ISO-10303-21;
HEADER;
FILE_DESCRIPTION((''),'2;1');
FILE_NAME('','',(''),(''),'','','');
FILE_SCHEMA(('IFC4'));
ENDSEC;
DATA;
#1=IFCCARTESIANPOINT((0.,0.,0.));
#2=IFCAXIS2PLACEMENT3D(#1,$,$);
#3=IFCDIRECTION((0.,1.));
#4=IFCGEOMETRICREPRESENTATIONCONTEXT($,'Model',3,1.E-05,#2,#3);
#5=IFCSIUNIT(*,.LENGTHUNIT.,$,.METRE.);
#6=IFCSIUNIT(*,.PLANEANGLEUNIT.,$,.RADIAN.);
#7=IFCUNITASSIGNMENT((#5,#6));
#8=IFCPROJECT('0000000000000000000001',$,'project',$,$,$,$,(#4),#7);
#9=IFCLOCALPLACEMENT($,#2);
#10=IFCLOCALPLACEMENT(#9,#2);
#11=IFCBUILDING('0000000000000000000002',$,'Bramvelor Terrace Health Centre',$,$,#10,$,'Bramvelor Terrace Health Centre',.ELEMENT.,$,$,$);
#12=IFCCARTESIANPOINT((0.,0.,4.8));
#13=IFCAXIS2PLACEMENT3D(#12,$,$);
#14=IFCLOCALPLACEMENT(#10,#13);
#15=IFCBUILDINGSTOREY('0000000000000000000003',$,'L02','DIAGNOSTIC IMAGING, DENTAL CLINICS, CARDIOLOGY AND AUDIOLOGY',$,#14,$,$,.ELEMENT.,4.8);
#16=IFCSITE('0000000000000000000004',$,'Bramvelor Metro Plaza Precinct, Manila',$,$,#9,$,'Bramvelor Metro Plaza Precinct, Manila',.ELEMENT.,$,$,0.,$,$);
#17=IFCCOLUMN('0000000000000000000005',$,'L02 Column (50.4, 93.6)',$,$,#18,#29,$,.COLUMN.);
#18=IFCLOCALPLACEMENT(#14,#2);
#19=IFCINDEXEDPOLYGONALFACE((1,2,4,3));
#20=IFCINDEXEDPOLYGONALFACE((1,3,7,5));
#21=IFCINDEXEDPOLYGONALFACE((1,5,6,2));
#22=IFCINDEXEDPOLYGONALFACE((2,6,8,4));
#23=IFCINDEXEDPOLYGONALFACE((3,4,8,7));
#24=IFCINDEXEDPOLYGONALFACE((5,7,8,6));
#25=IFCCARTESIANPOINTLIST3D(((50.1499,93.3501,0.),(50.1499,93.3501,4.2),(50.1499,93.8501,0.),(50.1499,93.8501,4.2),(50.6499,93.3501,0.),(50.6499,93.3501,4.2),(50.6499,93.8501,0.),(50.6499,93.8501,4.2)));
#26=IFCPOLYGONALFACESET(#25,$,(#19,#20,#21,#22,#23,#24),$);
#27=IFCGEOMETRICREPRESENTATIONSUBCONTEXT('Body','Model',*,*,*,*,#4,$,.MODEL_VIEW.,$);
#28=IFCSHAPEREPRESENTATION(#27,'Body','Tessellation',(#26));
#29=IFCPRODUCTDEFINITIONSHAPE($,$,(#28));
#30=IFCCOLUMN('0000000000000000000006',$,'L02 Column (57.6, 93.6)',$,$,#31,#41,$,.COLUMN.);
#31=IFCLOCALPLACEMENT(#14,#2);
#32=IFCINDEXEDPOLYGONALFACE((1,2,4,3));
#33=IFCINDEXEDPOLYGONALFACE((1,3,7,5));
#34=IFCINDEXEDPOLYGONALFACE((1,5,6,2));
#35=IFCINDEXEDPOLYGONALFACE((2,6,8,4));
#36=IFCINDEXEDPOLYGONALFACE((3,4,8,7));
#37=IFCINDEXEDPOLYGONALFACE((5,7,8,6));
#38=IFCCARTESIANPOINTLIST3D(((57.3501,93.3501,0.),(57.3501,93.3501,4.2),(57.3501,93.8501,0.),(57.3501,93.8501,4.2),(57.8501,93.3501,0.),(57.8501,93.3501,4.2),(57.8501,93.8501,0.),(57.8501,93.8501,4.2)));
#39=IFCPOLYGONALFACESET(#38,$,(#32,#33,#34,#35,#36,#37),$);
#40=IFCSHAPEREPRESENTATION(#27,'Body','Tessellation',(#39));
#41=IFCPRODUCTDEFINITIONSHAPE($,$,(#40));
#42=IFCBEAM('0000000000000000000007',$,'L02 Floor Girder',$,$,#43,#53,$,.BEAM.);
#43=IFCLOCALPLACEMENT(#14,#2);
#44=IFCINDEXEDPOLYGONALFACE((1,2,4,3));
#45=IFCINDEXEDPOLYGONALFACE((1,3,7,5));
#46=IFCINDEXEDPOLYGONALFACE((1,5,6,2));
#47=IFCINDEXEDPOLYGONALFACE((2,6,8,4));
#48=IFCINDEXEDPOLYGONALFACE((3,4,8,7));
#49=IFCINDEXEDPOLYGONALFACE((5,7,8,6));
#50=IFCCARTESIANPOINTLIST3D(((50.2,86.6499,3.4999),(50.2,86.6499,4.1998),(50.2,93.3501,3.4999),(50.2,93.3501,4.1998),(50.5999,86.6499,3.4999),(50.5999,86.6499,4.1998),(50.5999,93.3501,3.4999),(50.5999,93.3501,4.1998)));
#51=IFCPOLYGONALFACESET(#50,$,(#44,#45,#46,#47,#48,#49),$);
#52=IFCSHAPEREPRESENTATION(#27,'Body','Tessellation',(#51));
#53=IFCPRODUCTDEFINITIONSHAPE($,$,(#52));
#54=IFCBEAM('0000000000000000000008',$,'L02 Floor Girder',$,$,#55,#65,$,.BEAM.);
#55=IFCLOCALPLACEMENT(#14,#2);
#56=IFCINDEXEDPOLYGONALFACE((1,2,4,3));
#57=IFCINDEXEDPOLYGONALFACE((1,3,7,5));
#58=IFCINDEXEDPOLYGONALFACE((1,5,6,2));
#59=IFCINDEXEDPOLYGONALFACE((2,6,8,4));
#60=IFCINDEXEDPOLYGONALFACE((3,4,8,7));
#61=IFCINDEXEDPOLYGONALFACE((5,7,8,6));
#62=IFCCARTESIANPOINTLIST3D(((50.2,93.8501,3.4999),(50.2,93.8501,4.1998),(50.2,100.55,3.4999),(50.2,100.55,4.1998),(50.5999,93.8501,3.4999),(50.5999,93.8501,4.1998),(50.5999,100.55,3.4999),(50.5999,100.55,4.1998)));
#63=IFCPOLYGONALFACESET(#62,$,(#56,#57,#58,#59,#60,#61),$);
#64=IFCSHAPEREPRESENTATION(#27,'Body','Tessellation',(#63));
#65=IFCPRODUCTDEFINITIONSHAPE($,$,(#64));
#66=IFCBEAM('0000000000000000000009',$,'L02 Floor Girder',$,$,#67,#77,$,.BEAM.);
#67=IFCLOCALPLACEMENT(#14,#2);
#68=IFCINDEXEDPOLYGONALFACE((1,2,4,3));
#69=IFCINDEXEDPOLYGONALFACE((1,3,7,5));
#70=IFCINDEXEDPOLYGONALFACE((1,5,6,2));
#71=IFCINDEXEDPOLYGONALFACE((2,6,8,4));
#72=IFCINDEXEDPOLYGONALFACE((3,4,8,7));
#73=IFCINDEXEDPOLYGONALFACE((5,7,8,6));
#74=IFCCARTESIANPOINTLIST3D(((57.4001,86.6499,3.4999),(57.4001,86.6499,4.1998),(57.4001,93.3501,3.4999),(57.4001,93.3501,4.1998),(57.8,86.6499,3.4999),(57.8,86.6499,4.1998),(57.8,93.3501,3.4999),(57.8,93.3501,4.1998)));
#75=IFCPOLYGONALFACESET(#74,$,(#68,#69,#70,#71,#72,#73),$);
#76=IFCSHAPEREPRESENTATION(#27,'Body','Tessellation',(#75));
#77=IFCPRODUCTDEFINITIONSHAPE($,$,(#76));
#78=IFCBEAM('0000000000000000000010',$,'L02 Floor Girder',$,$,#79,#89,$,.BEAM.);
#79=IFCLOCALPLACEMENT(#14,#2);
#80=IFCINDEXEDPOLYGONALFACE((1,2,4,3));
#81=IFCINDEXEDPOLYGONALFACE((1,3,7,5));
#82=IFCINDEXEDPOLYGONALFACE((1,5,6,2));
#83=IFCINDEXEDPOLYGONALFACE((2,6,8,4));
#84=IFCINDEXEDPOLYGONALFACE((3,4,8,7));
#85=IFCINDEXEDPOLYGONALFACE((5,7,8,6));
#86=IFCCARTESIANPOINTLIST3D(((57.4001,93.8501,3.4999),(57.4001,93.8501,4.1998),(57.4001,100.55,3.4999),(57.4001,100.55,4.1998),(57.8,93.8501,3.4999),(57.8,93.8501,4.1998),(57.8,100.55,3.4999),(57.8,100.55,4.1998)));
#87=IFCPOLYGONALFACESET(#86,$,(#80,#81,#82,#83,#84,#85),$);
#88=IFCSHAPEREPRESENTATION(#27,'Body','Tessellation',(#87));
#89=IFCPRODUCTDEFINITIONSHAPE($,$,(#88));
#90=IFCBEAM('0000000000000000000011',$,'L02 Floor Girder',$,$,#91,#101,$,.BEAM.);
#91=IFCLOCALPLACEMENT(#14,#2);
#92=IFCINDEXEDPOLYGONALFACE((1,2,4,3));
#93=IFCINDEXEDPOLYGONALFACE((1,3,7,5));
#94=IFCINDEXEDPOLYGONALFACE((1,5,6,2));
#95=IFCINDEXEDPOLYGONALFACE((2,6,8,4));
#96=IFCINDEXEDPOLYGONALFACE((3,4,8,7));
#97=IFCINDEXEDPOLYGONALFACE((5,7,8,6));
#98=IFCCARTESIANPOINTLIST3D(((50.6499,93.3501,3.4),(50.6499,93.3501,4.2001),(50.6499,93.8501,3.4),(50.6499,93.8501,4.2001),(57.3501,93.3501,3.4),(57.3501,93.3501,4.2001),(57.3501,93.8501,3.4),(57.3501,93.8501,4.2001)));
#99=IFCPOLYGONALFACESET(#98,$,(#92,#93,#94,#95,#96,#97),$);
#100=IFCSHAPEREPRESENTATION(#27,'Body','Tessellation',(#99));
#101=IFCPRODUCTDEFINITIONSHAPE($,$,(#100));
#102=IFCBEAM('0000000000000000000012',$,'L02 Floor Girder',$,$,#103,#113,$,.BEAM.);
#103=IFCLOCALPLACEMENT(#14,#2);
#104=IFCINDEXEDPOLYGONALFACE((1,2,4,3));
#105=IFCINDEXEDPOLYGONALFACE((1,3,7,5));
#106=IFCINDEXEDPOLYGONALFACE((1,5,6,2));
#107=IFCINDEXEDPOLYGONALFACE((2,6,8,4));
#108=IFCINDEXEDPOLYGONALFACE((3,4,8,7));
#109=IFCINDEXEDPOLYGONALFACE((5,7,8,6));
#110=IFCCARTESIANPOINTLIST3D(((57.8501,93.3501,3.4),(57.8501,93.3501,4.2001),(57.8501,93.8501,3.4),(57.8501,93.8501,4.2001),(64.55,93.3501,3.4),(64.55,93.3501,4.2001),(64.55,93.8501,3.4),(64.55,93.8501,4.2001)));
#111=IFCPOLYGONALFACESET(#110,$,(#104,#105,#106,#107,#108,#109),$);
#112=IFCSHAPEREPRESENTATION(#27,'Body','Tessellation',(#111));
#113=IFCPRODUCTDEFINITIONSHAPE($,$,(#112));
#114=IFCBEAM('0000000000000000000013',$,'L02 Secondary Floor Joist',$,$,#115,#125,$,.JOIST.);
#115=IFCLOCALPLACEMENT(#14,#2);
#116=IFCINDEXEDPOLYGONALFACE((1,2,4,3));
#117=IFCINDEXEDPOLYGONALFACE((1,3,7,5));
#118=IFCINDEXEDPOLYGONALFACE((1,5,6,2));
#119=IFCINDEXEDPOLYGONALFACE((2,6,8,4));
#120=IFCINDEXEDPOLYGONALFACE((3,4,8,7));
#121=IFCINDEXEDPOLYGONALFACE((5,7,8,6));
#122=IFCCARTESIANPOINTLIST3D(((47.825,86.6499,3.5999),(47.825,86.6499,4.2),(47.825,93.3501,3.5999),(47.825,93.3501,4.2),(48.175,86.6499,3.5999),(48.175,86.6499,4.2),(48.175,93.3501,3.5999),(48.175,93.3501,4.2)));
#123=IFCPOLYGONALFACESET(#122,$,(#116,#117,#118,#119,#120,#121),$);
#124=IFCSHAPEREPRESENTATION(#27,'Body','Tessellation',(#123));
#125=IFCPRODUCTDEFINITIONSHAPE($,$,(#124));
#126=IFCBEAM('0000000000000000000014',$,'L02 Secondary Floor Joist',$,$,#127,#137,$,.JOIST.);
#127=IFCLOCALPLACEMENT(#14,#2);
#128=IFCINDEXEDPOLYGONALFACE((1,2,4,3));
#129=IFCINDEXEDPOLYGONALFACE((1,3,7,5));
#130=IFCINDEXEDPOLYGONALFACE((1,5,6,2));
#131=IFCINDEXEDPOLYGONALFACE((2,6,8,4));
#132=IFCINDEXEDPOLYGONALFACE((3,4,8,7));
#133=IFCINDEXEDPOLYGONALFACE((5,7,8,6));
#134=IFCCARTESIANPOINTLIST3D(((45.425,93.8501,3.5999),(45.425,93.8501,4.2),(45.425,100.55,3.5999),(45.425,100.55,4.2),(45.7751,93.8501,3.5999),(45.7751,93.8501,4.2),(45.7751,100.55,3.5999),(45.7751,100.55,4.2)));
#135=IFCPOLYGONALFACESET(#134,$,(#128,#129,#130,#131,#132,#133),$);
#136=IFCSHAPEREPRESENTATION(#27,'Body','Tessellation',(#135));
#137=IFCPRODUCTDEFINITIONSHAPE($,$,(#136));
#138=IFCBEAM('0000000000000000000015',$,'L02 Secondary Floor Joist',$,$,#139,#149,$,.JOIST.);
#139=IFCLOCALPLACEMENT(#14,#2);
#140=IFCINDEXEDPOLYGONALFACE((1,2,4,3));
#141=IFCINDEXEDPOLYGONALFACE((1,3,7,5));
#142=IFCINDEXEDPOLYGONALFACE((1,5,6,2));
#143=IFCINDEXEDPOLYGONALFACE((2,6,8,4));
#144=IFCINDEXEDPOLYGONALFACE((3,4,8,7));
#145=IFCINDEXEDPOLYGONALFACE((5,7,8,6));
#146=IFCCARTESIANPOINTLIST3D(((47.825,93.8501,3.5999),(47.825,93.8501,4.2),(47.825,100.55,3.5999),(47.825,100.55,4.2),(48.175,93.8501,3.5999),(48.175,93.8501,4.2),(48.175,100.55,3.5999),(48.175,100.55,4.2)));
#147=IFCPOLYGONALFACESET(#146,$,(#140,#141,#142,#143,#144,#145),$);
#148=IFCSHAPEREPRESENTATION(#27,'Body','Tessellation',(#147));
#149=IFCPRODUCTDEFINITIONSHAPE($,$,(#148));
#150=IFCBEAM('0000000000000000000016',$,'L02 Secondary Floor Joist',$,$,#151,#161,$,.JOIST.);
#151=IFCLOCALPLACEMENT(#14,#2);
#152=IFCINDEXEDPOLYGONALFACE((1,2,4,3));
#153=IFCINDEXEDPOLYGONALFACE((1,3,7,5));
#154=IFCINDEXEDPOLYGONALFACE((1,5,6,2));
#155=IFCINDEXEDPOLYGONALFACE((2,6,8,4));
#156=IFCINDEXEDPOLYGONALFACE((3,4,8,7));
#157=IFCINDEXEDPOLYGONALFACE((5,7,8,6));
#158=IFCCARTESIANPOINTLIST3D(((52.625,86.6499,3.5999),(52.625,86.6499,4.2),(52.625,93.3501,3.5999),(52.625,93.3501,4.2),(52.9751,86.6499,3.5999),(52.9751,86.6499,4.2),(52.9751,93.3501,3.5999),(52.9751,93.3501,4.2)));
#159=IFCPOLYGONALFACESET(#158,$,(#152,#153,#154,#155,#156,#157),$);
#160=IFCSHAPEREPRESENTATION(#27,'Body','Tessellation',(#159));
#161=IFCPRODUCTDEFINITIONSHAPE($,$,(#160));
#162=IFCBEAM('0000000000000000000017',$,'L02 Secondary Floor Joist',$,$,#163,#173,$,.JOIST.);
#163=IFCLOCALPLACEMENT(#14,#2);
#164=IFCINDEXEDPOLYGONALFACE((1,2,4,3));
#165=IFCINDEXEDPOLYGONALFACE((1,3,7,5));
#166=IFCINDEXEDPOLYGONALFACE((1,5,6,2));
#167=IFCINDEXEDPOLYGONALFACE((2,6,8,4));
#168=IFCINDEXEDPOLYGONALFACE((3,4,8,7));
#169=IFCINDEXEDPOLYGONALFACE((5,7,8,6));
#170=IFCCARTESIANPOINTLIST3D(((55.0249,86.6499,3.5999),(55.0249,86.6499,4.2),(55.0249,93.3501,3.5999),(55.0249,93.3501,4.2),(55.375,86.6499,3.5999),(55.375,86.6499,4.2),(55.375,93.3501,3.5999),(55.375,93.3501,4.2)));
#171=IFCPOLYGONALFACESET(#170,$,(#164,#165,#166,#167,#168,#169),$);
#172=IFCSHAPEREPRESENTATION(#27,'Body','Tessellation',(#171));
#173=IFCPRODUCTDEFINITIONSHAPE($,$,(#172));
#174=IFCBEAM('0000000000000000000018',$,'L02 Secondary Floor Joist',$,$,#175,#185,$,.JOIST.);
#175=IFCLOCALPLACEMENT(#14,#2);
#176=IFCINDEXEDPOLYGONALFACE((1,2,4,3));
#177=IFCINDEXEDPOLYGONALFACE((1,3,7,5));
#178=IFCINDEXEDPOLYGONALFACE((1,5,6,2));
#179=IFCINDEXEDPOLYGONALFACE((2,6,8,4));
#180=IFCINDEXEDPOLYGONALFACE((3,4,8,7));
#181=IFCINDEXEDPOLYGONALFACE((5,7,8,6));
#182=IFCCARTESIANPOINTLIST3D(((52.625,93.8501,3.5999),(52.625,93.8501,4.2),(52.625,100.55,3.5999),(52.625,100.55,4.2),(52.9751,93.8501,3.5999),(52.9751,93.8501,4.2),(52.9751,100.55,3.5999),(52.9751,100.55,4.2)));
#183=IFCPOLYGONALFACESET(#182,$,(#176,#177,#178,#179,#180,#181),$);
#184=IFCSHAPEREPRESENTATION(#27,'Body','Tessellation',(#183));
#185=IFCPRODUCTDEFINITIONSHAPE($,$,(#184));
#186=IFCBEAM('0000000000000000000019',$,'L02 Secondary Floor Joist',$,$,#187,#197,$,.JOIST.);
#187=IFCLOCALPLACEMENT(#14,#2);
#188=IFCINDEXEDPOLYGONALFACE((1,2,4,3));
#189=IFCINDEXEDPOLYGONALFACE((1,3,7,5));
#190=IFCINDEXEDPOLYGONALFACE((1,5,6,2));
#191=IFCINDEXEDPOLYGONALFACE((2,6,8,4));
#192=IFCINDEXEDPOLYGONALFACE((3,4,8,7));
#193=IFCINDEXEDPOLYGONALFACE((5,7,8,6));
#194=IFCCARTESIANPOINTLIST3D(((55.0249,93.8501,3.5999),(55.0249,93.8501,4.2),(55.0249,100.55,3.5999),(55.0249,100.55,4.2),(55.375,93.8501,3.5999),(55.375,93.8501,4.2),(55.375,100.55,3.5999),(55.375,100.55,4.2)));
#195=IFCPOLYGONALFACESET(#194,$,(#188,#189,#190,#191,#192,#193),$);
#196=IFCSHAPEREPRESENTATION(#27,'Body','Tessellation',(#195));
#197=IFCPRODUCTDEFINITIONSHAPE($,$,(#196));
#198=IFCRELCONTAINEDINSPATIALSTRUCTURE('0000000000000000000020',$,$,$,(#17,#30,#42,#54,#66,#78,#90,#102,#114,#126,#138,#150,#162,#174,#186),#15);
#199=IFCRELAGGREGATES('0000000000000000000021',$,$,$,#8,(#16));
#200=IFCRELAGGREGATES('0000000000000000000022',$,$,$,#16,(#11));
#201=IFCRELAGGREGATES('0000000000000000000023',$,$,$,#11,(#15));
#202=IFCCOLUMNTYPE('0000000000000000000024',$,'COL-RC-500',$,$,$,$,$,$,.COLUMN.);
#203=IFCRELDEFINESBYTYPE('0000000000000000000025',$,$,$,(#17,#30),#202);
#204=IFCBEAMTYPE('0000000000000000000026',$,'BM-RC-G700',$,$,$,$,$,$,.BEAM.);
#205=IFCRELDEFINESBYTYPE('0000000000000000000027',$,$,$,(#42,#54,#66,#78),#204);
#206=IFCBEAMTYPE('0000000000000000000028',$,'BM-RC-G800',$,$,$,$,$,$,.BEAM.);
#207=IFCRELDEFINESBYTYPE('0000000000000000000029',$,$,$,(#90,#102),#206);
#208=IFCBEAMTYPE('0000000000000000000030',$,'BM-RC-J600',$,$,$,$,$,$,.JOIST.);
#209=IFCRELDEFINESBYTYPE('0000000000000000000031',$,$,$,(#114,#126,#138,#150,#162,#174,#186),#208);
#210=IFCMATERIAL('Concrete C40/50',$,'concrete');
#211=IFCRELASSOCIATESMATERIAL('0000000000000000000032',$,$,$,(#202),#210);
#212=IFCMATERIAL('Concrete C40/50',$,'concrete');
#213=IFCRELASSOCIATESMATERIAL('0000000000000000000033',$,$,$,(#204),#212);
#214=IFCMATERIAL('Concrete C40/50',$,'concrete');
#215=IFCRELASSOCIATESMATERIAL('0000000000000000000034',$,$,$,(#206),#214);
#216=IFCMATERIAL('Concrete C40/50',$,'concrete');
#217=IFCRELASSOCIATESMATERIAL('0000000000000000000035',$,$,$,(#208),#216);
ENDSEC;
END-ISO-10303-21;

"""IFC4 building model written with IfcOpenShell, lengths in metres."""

from ifc_helpers import new_model, si_unit, direction, frame, origin, origin_2d, place, context, subcontext, project, spatial, rectangle, extrude, material, material_profile, profile_set, type_object, element, save


model = new_model("IFC4")

# Units and contexts
model_context = context("Model", 3, precision=1e-05, world=origin(), true_north=direction((0.0, 1.0)))
body_context = subcontext(model_context, "Body", "Model", "MODEL_VIEW")
ifc_project = project(units=[si_unit("LENGTHUNIT", "METRE"), si_unit("PLANEANGLEUNIT", "RADIAN")], contexts=[model_context])

# Site, building, storey
site_placement = place(None, origin())
site = spatial("IfcSite", under=ifc_project, at=site_placement, Name="Bramvelor Metro Plaza Precinct, Manila", LongName="Bramvelor Metro Plaza Precinct, Manila", CompositionType="ELEMENT", RefElevation=0.0)
building_placement = place(site_placement, origin())
building = spatial("IfcBuilding", under=site, at=building_placement, Name="Bramvelor Terrace Health Centre", LongName="Bramvelor Terrace Health Centre", CompositionType="ELEMENT")
storey_placement = place(building_placement, frame((0.0, 0.0, 4.8)))
storey = spatial("IfcBuildingStorey", under=building, at=storey_placement, Name="L02", Description="DIAGNOSTIC IMAGING, DENTAL CLINICS, CARDIOLOGY AND AUDIOLOGY", CompositionType="ELEMENT", Elevation=4.8)

# Columns
ifc_material_1 = material(Name="Concrete C40/50", Category="concrete")
ifc_material_profile_1 = material_profile(ifc_material_1, rectangle(XDim=0.5, YDim=0.5, at=origin_2d()), Name="RC 500x500")
ifc_profile_set_1 = profile_set([ifc_material_profile_1], Name="Concrete C40/50")
column_type = type_object("IfcColumnType", Name="COL-RC-500", PredefinedType="COLUMN", material=ifc_profile_set_1)
for number, where, z_axis, x_axis, name in (
    (1, (50.3999, 93.6001, 0.0), (0.0, 0.0, 1.0), (1.0, 0.0, 0.0), "L02 Column (50.4, 93.6)"),
    (2, (57.6001, 93.6001, 0.0), (0.0, 0.0, 1.0), (1.0, 0.0, 0.0), "L02 Column (57.6, 93.6)"),
):
    element("IfcColumn", number, at=place(storey_placement, frame(where, z_axis=z_axis, x_axis=x_axis)), inside=storey, type_object=column_type, Name=name, PredefinedType="COLUMN", context=body_context, shape_type="SweptSolid", body=[
        extrude(rectangle(XDim=0.5, YDim=0.5, at=origin_2d()), origin(), (0.0, 0.0, 1.0), 4.2),
    ])

# Beams
ifc_material_2 = material(Name="Concrete C40/50", Category="concrete")
ifc_material_profile_2 = material_profile(ifc_material_2, rectangle(XDim=0.3999, YDim=0.7, at=origin_2d()), Name="RC 400x700")
ifc_profile_set_2 = profile_set([ifc_material_profile_2], Name="Concrete C40/50")
beam_type_1 = type_object("IfcBeamType", Name="BM-RC-G700", PredefinedType="BEAM", material=ifc_profile_set_2)
beam_1_placement = place(storey_placement, frame((50.3999, 86.6499, 3.8499), z_axis=(0.0, 1.0, 0.0), x_axis=(-1.0, 0.0, 0.0)))
element("IfcBeam", 3, at=beam_1_placement, inside=storey, type_object=beam_type_1, Name="L02 Floor Girder", PredefinedType="BEAM", context=body_context, shape_type="SweptSolid", body=[
    extrude(rectangle(XDim=0.3999, YDim=0.7, at=origin_2d()), origin(), (0.0, 0.0, 1.0), 6.7002),
])
beam_2_placement = place(storey_placement, frame((50.3999, 93.8501, 3.8499), z_axis=(0.0, 1.0, 0.0), x_axis=(-1.0, 0.0, 0.0)))
element("IfcBeam", 4, at=beam_2_placement, inside=storey, type_object=beam_type_1, Name="L02 Floor Girder", PredefinedType="BEAM", context=body_context, shape_type="SweptSolid", body=[
    extrude(rectangle(XDim=0.3999, YDim=0.7, at=origin_2d()), origin(), (0.0, 0.0, 1.0), 6.7),
])
beam_3_placement = place(storey_placement, frame((57.6001, 86.6499, 3.8499), z_axis=(0.0, 1.0, 0.0), x_axis=(-1.0, 0.0, 0.0)))
element("IfcBeam", 5, at=beam_3_placement, inside=storey, type_object=beam_type_1, Name="L02 Floor Girder", PredefinedType="BEAM", context=body_context, shape_type="SweptSolid", body=[
    extrude(rectangle(XDim=0.3999, YDim=0.7, at=origin_2d()), origin(), (0.0, 0.0, 1.0), 6.7002),
])
beam_4_placement = place(storey_placement, frame((57.6001, 93.8501, 3.8499), z_axis=(0.0, 1.0, 0.0), x_axis=(-1.0, 0.0, 0.0)))
element("IfcBeam", 6, at=beam_4_placement, inside=storey, type_object=beam_type_1, Name="L02 Floor Girder", PredefinedType="BEAM", context=body_context, shape_type="SweptSolid", body=[
    extrude(rectangle(XDim=0.3999, YDim=0.7, at=origin_2d()), origin(), (0.0, 0.0, 1.0), 6.7),
])
ifc_material_3 = material(Name="Concrete C40/50", Category="concrete")
ifc_material_profile_3 = material_profile(ifc_material_3, rectangle(XDim=0.5, YDim=0.8, at=origin_2d()), Name="RC 500x800")
ifc_profile_set_3 = profile_set([ifc_material_profile_3], Name="Concrete C40/50")
beam_type_2 = type_object("IfcBeamType", Name="BM-RC-G800", PredefinedType="BEAM", material=ifc_profile_set_3)
beam_5_placement = place(storey_placement, frame((50.6499, 93.6001, 3.8), z_axis=(1.0, 0.0, 0.0), x_axis=(0.0, 1.0, 0.0)))
element("IfcBeam", 7, at=beam_5_placement, inside=storey, type_object=beam_type_2, Name="L02 Floor Girder", PredefinedType="BEAM", context=body_context, shape_type="SweptSolid", body=[
    extrude(rectangle(XDim=0.5, YDim=0.8, at=origin_2d()), origin(), (0.0, 0.0, 1.0), 6.7002),
])
beam_6_placement = place(storey_placement, frame((57.8501, 93.6001, 3.8), z_axis=(1.0, 0.0, 0.0), x_axis=(0.0, 1.0, 0.0)))
element("IfcBeam", 8, at=beam_6_placement, inside=storey, type_object=beam_type_2, Name="L02 Floor Girder", PredefinedType="BEAM", context=body_context, shape_type="SweptSolid", body=[
    extrude(rectangle(XDim=0.5, YDim=0.8, at=origin_2d()), origin(), (0.0, 0.0, 1.0), 6.7),
])
ifc_material_4 = material(Name="Concrete C40/50", Category="concrete")
ifc_material_profile_4 = material_profile(ifc_material_4, rectangle(XDim=0.3501, YDim=0.6001, at=origin_2d()), Name="RC 350x600")
ifc_profile_set_4 = profile_set([ifc_material_profile_4], Name="Concrete C40/50")
beam_type_3 = type_object("IfcBeamType", Name="BM-RC-J600", PredefinedType="JOIST", material=ifc_profile_set_4)
beam_7_placement = place(storey_placement, frame((48.0, 86.6499, 3.8999), z_axis=(0.0, 1.0, 0.0), x_axis=(-1.0, 0.0, 0.0)))
element("IfcBeam", 9, at=beam_7_placement, inside=storey, type_object=beam_type_3, Name="L02 Secondary Floor Joist", PredefinedType="JOIST", context=body_context, shape_type="SweptSolid", body=[
    extrude(rectangle(XDim=0.3501, YDim=0.6001, at=origin_2d()), origin(), (0.0, 0.0, 1.0), 6.7002),
])
for number, where, z_axis, x_axis, name in (
    (10, (45.6001, 93.8501, 3.8999), (0.0, 1.0, 0.0), (-1.0, 0.0, 0.0), "L02 Secondary Floor Joist"),
    (11, (48.0, 93.8501, 3.8999), (0.0, 1.0, 0.0), (-1.0, 0.0, 0.0), "L02 Secondary Floor Joist"),
):
    element("IfcBeam", number, at=place(storey_placement, frame(where, z_axis=z_axis, x_axis=x_axis)), inside=storey, type_object=beam_type_3, Name=name, PredefinedType="JOIST", context=body_context, shape_type="SweptSolid", body=[
        extrude(rectangle(XDim=0.3501, YDim=0.6001, at=origin_2d()), origin(), (0.0, 0.0, 1.0), 6.7),
    ])
for number, where, z_axis, x_axis, name in (
    (12, (52.8, 86.6499, 3.8999), (0.0, 1.0, 0.0), (-1.0, 0.0, 0.0), "L02 Secondary Floor Joist"),
    (13, (55.2, 86.6499, 3.8999), (0.0, 1.0, 0.0), (-1.0, 0.0, 0.0), "L02 Secondary Floor Joist"),
):
    element("IfcBeam", number, at=place(storey_placement, frame(where, z_axis=z_axis, x_axis=x_axis)), inside=storey, type_object=beam_type_3, Name=name, PredefinedType="JOIST", context=body_context, shape_type="SweptSolid", body=[
        extrude(rectangle(XDim=0.3501, YDim=0.6001, at=origin_2d()), origin(), (0.0, 0.0, 1.0), 6.7002),
    ])
for number, where, z_axis, x_axis, name in (
    (14, (52.8, 93.8501, 3.8999), (0.0, 1.0, 0.0), (-1.0, 0.0, 0.0), "L02 Secondary Floor Joist"),
    (15, (55.2, 93.8501, 3.8999), (0.0, 1.0, 0.0), (-1.0, 0.0, 0.0), "L02 Secondary Floor Joist"),
):
    element("IfcBeam", number, at=place(storey_placement, frame(where, z_axis=z_axis, x_axis=x_axis)), inside=storey, type_object=beam_type_3, Name=name, PredefinedType="JOIST", context=body_context, shape_type="SweptSolid", body=[
        extrude(rectangle(XDim=0.3501, YDim=0.6001, at=origin_2d()), origin(), (0.0, 0.0, 1.0), 6.7),
    ])

save(model, "model.ifc")
